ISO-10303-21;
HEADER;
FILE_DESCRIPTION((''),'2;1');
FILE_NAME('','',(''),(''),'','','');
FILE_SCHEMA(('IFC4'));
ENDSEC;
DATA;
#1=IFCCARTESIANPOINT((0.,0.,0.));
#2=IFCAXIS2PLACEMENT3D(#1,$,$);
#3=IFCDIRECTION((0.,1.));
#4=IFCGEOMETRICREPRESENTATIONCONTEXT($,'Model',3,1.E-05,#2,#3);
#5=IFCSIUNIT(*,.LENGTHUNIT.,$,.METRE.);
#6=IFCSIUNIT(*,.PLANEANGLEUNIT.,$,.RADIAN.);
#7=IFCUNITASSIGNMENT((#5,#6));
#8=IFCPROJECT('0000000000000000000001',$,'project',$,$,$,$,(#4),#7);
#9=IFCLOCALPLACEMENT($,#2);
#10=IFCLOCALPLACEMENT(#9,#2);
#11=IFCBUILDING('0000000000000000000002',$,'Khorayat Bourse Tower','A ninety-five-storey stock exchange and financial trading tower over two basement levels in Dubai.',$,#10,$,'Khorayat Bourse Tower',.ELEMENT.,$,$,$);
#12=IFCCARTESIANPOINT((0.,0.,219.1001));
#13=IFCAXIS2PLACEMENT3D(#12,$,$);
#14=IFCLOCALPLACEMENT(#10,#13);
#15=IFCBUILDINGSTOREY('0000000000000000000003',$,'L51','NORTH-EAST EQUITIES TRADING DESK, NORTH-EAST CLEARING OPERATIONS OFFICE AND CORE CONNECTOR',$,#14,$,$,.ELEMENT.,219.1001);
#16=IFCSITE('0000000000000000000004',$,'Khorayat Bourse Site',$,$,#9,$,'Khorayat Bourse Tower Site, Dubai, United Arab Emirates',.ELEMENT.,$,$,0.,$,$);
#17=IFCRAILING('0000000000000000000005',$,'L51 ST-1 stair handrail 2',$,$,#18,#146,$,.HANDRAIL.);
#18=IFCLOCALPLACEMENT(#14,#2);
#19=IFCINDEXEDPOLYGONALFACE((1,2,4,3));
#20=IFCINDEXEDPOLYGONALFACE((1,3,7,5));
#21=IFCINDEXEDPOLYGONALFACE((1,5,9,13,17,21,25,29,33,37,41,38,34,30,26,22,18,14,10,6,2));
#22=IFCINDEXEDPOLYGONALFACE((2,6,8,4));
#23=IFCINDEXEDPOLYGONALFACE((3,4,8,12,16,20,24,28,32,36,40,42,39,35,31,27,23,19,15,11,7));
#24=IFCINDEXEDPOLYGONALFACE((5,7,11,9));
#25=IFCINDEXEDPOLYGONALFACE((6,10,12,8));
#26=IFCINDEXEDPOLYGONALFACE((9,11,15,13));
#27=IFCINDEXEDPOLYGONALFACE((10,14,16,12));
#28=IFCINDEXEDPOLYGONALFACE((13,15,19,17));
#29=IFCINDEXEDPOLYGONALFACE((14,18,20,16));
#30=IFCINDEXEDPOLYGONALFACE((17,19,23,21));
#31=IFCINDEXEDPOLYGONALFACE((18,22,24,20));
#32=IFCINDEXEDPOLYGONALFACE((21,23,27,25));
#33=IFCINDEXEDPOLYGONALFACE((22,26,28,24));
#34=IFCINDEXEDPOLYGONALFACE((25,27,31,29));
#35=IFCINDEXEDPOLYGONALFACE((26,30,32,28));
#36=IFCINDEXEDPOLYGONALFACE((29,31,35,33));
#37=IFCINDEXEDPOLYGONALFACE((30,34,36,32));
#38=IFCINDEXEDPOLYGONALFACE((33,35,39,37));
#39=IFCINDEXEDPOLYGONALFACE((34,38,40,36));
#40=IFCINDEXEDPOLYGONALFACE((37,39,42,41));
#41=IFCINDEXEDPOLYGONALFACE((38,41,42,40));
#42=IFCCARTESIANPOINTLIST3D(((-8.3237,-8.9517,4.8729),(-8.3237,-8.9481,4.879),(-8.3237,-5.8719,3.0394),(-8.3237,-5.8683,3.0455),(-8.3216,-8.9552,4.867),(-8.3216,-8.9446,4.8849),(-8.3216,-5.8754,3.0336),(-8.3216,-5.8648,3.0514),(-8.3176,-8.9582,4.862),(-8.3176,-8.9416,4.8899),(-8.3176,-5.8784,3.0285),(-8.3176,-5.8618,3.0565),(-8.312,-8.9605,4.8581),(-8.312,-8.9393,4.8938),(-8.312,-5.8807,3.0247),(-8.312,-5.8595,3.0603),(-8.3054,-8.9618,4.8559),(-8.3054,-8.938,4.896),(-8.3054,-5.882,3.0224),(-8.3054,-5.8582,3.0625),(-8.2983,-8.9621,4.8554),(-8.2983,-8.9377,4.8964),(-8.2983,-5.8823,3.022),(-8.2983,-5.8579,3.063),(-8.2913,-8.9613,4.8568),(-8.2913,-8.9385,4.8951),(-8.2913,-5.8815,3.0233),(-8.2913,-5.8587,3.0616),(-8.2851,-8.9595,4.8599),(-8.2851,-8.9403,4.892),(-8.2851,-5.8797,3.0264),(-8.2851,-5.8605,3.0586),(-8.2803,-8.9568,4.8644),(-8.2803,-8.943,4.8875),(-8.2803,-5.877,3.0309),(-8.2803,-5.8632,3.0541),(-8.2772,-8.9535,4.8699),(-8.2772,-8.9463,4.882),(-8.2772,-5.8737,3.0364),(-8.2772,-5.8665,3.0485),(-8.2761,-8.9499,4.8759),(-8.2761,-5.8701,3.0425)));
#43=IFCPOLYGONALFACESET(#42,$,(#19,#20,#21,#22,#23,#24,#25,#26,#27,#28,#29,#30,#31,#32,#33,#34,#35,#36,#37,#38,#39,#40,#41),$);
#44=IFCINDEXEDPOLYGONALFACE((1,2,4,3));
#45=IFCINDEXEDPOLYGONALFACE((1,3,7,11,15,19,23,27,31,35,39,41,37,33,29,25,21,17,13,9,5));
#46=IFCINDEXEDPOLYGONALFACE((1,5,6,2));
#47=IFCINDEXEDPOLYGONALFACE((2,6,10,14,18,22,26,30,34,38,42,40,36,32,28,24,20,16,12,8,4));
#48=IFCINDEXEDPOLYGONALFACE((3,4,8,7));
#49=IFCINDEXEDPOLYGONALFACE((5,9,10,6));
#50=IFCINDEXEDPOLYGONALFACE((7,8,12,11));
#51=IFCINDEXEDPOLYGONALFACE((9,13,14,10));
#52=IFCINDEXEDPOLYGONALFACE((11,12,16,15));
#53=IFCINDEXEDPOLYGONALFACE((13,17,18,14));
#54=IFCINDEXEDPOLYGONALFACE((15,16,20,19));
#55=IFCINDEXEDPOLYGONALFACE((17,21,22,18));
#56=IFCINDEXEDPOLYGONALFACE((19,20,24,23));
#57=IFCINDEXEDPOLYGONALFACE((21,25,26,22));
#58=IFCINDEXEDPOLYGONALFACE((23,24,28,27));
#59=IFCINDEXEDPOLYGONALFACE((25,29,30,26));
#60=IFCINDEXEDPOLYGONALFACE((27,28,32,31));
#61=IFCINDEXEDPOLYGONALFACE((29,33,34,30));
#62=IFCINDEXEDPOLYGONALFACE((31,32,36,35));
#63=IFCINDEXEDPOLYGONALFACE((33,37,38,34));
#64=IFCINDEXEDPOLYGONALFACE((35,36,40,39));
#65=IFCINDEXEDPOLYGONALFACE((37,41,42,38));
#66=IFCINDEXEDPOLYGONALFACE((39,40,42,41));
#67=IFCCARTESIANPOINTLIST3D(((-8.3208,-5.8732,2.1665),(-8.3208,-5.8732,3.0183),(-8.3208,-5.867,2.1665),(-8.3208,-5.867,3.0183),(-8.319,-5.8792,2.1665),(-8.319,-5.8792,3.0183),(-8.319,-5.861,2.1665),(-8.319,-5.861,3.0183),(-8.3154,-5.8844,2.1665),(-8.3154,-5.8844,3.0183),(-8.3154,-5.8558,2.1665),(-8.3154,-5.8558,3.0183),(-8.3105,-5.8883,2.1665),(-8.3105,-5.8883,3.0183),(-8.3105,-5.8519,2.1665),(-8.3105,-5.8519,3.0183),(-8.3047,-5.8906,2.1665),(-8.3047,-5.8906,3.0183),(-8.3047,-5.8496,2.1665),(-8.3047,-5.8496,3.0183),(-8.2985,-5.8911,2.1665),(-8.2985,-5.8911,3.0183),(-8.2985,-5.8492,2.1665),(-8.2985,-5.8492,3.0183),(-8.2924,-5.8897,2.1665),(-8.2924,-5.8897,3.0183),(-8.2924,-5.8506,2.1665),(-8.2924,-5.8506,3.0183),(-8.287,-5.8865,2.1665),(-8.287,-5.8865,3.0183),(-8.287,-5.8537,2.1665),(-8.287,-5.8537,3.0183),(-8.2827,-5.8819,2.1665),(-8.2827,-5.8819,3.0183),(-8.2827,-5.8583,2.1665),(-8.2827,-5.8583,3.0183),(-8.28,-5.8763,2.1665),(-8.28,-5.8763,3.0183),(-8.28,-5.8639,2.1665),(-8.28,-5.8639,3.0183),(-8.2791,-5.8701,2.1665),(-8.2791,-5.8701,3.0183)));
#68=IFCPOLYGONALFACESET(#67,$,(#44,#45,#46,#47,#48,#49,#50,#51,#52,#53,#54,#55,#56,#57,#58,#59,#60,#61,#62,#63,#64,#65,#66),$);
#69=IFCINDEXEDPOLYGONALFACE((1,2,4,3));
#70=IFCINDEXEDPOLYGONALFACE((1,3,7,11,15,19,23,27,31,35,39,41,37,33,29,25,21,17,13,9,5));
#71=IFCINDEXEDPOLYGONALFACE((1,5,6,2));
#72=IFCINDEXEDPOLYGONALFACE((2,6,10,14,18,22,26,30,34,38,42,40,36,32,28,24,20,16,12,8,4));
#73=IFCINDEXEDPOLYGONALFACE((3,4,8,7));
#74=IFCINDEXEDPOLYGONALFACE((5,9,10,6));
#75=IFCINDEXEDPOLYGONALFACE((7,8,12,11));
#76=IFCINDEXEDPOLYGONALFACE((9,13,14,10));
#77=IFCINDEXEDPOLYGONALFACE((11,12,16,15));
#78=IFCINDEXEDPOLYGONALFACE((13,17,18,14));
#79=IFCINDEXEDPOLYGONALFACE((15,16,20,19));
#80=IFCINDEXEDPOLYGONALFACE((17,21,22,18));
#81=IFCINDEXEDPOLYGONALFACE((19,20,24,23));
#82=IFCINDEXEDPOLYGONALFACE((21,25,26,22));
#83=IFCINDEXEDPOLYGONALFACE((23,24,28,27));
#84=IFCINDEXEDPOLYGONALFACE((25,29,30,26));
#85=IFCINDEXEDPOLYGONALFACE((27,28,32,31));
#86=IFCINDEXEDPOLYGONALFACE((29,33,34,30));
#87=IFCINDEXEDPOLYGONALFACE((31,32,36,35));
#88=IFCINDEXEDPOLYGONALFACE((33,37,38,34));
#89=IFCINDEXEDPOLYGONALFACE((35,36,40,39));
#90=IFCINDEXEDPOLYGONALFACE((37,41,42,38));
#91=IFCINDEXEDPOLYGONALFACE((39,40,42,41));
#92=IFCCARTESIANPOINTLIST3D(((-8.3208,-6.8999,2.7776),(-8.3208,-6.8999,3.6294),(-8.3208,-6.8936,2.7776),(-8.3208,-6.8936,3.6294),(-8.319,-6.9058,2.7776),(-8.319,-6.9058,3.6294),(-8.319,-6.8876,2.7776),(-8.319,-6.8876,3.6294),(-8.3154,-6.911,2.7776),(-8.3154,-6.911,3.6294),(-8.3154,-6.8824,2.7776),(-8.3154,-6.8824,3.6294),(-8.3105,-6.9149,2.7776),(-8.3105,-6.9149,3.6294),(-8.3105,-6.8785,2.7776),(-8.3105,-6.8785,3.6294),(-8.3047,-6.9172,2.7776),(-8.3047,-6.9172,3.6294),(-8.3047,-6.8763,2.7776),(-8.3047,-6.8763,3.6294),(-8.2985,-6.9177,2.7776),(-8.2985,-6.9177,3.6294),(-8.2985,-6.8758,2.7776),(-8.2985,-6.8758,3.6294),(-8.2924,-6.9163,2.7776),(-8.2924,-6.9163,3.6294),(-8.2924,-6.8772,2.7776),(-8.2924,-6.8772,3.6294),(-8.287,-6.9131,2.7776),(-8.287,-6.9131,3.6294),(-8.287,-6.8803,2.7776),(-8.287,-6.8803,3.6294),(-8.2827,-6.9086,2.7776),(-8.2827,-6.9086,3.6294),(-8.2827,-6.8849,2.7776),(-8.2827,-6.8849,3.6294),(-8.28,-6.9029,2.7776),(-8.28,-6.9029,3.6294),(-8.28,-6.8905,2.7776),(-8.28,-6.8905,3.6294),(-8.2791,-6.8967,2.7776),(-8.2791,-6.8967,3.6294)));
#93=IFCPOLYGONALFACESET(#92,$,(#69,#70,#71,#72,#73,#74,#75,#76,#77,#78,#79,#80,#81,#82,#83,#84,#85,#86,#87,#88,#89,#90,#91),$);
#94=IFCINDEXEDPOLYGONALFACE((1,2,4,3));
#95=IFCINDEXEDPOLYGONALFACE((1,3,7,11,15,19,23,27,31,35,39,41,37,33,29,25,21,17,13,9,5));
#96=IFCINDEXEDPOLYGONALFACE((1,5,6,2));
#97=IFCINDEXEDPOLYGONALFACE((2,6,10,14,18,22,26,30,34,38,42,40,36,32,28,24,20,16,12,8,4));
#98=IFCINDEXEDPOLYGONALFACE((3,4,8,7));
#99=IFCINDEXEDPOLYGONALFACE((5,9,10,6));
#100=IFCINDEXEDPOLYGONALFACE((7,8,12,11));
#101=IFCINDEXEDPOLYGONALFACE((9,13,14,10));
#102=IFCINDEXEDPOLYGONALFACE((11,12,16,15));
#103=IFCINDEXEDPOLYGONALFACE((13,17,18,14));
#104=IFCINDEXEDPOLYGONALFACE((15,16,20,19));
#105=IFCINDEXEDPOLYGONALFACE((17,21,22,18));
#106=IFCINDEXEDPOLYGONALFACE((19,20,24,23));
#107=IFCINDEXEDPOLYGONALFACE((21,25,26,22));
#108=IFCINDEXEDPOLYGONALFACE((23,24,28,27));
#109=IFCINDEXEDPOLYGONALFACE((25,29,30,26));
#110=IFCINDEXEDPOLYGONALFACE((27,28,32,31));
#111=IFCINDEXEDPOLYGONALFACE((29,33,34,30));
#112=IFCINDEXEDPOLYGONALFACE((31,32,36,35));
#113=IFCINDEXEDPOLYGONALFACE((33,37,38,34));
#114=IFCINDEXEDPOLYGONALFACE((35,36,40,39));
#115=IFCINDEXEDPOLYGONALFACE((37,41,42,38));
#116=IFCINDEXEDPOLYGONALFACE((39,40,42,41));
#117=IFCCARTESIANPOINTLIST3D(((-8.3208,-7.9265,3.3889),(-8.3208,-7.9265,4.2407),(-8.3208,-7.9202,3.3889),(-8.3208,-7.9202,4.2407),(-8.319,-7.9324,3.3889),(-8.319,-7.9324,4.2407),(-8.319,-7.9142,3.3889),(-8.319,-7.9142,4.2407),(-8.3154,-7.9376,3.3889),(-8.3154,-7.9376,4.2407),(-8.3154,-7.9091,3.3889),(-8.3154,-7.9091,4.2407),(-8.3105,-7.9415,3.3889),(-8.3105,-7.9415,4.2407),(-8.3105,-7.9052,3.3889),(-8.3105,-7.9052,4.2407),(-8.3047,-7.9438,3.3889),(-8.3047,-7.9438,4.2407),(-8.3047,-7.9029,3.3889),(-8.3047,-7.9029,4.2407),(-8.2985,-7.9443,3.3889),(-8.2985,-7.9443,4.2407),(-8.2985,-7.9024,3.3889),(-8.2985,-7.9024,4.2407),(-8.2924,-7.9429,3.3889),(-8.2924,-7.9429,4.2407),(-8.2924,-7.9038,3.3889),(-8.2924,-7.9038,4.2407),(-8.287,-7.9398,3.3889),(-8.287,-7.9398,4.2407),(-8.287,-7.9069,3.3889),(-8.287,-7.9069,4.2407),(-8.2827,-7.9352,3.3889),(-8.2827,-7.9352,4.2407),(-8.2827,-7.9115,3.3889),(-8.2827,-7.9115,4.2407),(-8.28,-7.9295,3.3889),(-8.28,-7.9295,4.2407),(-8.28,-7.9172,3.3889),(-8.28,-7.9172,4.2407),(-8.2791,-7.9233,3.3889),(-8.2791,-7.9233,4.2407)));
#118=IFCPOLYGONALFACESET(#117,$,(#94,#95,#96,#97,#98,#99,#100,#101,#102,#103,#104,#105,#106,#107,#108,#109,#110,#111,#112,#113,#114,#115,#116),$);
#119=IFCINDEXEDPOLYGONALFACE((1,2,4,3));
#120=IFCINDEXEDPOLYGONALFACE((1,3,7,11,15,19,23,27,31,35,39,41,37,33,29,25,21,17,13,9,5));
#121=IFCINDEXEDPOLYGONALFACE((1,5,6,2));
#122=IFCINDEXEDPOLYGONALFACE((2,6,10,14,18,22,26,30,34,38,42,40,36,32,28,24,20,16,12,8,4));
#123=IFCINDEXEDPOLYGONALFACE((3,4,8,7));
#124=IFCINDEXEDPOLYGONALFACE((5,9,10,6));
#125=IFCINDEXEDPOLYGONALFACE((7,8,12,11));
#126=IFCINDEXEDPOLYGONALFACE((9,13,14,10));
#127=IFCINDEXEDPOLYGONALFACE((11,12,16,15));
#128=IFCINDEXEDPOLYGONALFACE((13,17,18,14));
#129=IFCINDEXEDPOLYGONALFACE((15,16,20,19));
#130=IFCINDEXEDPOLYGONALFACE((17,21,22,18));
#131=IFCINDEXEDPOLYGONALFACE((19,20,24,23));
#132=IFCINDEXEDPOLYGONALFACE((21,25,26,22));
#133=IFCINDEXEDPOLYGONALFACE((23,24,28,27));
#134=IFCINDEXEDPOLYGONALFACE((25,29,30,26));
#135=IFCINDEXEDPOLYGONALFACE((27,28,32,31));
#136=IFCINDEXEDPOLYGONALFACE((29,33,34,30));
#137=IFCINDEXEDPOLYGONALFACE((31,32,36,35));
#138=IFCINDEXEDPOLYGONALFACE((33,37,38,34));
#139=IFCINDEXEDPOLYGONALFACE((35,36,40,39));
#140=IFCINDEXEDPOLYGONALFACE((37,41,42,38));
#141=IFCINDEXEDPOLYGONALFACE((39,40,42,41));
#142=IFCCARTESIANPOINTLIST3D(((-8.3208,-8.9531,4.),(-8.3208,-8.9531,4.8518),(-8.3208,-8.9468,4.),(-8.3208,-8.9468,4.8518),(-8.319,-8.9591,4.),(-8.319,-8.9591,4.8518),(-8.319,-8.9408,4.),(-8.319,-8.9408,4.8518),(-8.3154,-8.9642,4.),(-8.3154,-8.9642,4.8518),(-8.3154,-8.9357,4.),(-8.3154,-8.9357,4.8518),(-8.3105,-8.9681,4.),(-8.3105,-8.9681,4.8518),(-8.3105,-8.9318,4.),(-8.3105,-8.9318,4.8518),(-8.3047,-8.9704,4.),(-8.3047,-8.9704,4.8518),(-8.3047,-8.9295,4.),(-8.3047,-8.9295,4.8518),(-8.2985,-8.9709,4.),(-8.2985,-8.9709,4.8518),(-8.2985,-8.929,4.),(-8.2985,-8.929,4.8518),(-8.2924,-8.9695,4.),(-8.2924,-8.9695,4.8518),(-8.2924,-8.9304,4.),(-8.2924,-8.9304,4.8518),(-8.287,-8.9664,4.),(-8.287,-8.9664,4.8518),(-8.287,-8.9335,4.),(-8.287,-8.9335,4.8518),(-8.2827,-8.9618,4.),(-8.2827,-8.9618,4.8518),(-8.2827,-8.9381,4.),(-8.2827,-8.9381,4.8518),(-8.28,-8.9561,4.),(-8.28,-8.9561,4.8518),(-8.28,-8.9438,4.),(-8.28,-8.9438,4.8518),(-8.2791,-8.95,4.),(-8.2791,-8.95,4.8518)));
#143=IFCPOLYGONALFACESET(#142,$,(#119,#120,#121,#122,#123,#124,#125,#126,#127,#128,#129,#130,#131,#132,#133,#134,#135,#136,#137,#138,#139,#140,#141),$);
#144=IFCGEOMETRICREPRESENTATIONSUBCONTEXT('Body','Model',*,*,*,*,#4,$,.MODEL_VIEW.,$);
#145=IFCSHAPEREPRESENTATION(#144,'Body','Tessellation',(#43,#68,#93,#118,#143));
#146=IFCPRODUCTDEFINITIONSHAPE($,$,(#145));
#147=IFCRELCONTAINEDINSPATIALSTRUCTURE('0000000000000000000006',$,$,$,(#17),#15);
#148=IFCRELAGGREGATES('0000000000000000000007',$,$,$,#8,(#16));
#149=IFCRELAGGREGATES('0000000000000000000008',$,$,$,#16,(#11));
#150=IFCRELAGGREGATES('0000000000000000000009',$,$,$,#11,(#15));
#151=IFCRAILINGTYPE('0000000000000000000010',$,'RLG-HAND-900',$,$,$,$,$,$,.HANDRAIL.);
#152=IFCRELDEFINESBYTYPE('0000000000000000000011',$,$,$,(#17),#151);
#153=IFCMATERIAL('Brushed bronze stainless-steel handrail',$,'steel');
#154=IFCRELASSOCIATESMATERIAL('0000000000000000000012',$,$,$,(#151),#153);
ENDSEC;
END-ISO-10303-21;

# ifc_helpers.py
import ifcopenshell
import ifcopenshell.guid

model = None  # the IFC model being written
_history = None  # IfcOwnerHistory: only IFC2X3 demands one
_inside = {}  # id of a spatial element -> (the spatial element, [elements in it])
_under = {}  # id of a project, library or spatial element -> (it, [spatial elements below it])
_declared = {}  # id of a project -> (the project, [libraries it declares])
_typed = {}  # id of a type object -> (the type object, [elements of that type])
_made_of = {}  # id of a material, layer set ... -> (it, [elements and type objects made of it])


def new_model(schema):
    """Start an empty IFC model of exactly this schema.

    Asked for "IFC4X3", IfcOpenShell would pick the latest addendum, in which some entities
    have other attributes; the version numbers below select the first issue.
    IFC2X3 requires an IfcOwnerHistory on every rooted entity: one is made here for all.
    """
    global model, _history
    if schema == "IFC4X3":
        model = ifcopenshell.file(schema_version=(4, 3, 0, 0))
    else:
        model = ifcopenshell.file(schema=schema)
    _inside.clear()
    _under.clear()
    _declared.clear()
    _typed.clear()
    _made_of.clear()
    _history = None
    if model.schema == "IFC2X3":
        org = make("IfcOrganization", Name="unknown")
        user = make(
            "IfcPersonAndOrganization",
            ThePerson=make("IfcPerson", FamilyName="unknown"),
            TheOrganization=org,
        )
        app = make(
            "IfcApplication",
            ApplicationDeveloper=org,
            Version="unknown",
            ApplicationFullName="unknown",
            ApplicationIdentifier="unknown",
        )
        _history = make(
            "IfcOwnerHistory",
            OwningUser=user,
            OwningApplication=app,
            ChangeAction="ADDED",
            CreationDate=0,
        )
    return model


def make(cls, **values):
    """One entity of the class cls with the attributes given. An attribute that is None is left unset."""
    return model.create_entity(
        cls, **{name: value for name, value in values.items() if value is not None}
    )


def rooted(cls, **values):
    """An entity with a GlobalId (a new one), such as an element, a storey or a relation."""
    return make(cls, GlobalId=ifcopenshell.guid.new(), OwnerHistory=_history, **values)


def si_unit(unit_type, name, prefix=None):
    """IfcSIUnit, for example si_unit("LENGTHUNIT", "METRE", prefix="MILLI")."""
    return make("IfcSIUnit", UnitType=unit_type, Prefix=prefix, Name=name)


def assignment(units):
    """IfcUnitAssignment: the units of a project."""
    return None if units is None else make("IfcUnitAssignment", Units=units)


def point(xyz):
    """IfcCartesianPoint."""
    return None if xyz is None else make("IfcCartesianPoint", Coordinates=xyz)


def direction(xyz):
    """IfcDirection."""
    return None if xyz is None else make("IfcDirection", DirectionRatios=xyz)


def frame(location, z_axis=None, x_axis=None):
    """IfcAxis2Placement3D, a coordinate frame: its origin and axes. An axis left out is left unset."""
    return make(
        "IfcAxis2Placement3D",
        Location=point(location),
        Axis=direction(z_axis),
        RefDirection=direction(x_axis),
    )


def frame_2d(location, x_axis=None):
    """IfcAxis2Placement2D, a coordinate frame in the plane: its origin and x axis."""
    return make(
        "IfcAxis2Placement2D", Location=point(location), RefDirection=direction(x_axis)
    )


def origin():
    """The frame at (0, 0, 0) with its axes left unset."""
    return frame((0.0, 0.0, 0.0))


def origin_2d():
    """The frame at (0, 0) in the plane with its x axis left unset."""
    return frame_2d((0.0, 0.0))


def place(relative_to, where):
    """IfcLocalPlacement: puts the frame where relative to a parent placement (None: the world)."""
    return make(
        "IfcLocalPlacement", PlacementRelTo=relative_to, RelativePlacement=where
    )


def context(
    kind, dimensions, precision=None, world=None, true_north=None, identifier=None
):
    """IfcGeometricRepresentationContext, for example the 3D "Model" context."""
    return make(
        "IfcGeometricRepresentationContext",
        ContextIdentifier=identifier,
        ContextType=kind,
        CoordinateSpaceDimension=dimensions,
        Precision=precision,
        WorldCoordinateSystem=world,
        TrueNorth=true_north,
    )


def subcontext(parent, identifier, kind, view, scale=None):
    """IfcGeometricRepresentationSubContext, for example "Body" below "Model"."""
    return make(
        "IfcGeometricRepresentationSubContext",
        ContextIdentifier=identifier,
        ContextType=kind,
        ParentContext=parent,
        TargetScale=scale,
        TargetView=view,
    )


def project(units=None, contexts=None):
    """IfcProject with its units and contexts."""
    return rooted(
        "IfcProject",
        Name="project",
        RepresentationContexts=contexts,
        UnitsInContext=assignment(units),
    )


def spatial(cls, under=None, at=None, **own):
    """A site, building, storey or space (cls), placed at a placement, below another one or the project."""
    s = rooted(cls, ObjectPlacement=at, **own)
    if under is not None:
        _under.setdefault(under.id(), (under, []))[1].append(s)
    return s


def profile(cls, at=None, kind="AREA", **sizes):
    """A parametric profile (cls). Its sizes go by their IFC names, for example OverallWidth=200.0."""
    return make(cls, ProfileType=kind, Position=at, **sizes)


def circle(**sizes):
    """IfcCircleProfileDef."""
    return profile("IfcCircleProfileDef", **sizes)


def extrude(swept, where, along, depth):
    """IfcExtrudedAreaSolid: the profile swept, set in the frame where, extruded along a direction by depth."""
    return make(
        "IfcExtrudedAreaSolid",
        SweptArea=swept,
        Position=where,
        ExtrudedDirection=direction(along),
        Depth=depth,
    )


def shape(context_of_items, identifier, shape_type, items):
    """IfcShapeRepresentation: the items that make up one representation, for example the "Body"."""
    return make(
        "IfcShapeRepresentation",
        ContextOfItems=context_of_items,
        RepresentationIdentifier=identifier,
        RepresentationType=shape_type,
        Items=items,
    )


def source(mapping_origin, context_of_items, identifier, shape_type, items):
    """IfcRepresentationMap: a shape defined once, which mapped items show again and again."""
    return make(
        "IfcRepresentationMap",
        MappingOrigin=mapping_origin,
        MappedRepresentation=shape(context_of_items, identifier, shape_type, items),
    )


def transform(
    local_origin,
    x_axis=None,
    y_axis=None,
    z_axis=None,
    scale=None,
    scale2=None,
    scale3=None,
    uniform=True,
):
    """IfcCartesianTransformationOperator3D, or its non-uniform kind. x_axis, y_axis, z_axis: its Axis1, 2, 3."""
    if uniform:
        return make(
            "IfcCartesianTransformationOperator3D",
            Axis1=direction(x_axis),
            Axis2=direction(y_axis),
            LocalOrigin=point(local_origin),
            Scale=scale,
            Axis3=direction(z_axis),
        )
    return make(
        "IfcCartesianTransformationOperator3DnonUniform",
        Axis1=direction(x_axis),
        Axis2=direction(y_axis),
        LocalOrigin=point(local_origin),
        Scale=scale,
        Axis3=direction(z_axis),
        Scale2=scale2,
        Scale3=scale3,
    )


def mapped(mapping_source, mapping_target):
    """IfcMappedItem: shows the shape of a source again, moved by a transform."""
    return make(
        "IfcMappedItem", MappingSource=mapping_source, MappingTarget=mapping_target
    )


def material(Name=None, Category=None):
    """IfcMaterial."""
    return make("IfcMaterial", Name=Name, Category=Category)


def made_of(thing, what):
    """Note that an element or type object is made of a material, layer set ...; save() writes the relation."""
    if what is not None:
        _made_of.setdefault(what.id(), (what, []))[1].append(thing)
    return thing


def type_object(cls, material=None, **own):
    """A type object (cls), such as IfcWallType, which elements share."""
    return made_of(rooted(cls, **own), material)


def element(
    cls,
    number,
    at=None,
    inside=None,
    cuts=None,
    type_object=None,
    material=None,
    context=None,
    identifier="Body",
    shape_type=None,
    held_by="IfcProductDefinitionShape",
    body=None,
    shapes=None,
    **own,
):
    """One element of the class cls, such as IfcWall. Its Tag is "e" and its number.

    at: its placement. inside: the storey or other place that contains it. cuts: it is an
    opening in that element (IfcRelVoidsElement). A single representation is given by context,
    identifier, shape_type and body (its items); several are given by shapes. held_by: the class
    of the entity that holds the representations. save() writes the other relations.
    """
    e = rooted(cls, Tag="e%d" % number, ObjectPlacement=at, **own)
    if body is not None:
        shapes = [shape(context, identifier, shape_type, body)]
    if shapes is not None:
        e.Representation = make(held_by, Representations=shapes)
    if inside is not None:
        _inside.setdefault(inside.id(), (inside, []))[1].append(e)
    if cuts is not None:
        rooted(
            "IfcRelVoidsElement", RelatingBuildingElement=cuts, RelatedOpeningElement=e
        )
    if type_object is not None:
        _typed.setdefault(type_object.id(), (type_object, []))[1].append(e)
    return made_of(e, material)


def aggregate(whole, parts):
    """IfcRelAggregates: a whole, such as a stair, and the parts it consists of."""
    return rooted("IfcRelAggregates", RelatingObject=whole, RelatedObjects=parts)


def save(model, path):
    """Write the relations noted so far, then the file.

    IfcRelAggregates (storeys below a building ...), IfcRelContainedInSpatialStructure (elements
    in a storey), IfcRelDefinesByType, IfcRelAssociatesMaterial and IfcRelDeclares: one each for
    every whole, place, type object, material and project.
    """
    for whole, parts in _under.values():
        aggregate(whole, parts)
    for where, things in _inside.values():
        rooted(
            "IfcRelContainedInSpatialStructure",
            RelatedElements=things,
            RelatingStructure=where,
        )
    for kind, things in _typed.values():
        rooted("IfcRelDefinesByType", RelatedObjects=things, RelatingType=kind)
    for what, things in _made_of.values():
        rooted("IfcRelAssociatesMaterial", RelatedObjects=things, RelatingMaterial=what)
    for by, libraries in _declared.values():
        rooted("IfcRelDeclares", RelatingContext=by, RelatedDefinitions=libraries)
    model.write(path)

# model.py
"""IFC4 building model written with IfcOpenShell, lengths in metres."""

from ifc_helpers import new_model, si_unit, direction, frame, origin, origin_2d, place, context, subcontext, project, spatial, circle, extrude, source, transform, mapped, material, type_object, element, save


model = new_model("IFC4")

# Units and contexts
model_context = context("Model", 3, precision=1e-05, world=origin(), true_north=direction((0.0, 1.0)))
body_context = subcontext(model_context, "Body", "Model", "MODEL_VIEW")
ifc_project = project(units=[si_unit("LENGTHUNIT", "METRE"), si_unit("PLANEANGLEUNIT", "RADIAN")], contexts=[model_context])

# Site, building, storey
site_placement = place(None, origin())
site = spatial("IfcSite", under=ifc_project, at=site_placement, Name="Khorayat Bourse Site", LongName="Khorayat Bourse Tower Site, Dubai, United Arab Emirates", CompositionType="ELEMENT", RefElevation=0.0)
building_placement = place(site_placement, origin())
building = spatial("IfcBuilding", under=site, at=building_placement, Name="Khorayat Bourse Tower", Description="A ninety-five-storey stock exchange and financial trading tower over two basement levels in Dubai.", LongName="Khorayat Bourse Tower", CompositionType="ELEMENT")
storey_placement = place(building_placement, frame((0.0, 0.0, 219.1001)))
storey = spatial("IfcBuildingStorey", under=building, at=storey_placement, Name="L51", Description="NORTH-EAST EQUITIES TRADING DESK, NORTH-EAST CLEARING OPERATIONS OFFICE AND CORE CONNECTOR", CompositionType="ELEMENT", Elevation=219.1001)

# Railing
ifc_material_1 = material(Name="Brushed bronze stainless-steel handrail", Category="steel")
railing_type_1 = type_object("IfcRailingType", Name="RLG-HAND-900", PredefinedType="HANDRAIL", material=ifc_material_1)
shared_shape_1 = source(origin(), body_context, "Body", "SweptSolid", [
    extrude(circle(Radius=0.0239, at=origin_2d()), frame((0.0, 0.0, 0.876), z_axis=(0.0, -0.859261, 0.511538), x_axis=(1.0, 0.0, 0.0)), (0.0, 0.0, 1.0), 3.5842),
    extrude(circle(Radius=0.021, at=origin_2d()), origin(), (0.0, 0.0, 1.0), 0.8518),
    extrude(circle(Radius=0.021, at=origin_2d()), frame((0.0, -1.0266, 0.6111)), (0.0, 0.0, 1.0), 0.8518),
    extrude(circle(Radius=0.021, at=origin_2d()), frame((0.0, -2.0532, 1.2224)), (0.0, 0.0, 1.0), 0.8518),
    extrude(circle(Radius=0.021, at=origin_2d()), frame((0.0, -3.0798, 1.8335)), (0.0, 0.0, 1.0), 0.8518),
])
railing_1_placement = place(storey_placement, frame((-8.3, -5.8701, 2.1665)))
element("IfcRailing", 1, at=railing_1_placement, inside=storey, type_object=railing_type_1, Name="L51 ST-1 stair handrail 2", PredefinedType="HANDRAIL", context=body_context, shape_type="MappedRepresentation", body=[
    mapped(shared_shape_1, transform((0.0, 0.0, 0.0), scale=1.0)),
])

save(model, "model.ifc")
